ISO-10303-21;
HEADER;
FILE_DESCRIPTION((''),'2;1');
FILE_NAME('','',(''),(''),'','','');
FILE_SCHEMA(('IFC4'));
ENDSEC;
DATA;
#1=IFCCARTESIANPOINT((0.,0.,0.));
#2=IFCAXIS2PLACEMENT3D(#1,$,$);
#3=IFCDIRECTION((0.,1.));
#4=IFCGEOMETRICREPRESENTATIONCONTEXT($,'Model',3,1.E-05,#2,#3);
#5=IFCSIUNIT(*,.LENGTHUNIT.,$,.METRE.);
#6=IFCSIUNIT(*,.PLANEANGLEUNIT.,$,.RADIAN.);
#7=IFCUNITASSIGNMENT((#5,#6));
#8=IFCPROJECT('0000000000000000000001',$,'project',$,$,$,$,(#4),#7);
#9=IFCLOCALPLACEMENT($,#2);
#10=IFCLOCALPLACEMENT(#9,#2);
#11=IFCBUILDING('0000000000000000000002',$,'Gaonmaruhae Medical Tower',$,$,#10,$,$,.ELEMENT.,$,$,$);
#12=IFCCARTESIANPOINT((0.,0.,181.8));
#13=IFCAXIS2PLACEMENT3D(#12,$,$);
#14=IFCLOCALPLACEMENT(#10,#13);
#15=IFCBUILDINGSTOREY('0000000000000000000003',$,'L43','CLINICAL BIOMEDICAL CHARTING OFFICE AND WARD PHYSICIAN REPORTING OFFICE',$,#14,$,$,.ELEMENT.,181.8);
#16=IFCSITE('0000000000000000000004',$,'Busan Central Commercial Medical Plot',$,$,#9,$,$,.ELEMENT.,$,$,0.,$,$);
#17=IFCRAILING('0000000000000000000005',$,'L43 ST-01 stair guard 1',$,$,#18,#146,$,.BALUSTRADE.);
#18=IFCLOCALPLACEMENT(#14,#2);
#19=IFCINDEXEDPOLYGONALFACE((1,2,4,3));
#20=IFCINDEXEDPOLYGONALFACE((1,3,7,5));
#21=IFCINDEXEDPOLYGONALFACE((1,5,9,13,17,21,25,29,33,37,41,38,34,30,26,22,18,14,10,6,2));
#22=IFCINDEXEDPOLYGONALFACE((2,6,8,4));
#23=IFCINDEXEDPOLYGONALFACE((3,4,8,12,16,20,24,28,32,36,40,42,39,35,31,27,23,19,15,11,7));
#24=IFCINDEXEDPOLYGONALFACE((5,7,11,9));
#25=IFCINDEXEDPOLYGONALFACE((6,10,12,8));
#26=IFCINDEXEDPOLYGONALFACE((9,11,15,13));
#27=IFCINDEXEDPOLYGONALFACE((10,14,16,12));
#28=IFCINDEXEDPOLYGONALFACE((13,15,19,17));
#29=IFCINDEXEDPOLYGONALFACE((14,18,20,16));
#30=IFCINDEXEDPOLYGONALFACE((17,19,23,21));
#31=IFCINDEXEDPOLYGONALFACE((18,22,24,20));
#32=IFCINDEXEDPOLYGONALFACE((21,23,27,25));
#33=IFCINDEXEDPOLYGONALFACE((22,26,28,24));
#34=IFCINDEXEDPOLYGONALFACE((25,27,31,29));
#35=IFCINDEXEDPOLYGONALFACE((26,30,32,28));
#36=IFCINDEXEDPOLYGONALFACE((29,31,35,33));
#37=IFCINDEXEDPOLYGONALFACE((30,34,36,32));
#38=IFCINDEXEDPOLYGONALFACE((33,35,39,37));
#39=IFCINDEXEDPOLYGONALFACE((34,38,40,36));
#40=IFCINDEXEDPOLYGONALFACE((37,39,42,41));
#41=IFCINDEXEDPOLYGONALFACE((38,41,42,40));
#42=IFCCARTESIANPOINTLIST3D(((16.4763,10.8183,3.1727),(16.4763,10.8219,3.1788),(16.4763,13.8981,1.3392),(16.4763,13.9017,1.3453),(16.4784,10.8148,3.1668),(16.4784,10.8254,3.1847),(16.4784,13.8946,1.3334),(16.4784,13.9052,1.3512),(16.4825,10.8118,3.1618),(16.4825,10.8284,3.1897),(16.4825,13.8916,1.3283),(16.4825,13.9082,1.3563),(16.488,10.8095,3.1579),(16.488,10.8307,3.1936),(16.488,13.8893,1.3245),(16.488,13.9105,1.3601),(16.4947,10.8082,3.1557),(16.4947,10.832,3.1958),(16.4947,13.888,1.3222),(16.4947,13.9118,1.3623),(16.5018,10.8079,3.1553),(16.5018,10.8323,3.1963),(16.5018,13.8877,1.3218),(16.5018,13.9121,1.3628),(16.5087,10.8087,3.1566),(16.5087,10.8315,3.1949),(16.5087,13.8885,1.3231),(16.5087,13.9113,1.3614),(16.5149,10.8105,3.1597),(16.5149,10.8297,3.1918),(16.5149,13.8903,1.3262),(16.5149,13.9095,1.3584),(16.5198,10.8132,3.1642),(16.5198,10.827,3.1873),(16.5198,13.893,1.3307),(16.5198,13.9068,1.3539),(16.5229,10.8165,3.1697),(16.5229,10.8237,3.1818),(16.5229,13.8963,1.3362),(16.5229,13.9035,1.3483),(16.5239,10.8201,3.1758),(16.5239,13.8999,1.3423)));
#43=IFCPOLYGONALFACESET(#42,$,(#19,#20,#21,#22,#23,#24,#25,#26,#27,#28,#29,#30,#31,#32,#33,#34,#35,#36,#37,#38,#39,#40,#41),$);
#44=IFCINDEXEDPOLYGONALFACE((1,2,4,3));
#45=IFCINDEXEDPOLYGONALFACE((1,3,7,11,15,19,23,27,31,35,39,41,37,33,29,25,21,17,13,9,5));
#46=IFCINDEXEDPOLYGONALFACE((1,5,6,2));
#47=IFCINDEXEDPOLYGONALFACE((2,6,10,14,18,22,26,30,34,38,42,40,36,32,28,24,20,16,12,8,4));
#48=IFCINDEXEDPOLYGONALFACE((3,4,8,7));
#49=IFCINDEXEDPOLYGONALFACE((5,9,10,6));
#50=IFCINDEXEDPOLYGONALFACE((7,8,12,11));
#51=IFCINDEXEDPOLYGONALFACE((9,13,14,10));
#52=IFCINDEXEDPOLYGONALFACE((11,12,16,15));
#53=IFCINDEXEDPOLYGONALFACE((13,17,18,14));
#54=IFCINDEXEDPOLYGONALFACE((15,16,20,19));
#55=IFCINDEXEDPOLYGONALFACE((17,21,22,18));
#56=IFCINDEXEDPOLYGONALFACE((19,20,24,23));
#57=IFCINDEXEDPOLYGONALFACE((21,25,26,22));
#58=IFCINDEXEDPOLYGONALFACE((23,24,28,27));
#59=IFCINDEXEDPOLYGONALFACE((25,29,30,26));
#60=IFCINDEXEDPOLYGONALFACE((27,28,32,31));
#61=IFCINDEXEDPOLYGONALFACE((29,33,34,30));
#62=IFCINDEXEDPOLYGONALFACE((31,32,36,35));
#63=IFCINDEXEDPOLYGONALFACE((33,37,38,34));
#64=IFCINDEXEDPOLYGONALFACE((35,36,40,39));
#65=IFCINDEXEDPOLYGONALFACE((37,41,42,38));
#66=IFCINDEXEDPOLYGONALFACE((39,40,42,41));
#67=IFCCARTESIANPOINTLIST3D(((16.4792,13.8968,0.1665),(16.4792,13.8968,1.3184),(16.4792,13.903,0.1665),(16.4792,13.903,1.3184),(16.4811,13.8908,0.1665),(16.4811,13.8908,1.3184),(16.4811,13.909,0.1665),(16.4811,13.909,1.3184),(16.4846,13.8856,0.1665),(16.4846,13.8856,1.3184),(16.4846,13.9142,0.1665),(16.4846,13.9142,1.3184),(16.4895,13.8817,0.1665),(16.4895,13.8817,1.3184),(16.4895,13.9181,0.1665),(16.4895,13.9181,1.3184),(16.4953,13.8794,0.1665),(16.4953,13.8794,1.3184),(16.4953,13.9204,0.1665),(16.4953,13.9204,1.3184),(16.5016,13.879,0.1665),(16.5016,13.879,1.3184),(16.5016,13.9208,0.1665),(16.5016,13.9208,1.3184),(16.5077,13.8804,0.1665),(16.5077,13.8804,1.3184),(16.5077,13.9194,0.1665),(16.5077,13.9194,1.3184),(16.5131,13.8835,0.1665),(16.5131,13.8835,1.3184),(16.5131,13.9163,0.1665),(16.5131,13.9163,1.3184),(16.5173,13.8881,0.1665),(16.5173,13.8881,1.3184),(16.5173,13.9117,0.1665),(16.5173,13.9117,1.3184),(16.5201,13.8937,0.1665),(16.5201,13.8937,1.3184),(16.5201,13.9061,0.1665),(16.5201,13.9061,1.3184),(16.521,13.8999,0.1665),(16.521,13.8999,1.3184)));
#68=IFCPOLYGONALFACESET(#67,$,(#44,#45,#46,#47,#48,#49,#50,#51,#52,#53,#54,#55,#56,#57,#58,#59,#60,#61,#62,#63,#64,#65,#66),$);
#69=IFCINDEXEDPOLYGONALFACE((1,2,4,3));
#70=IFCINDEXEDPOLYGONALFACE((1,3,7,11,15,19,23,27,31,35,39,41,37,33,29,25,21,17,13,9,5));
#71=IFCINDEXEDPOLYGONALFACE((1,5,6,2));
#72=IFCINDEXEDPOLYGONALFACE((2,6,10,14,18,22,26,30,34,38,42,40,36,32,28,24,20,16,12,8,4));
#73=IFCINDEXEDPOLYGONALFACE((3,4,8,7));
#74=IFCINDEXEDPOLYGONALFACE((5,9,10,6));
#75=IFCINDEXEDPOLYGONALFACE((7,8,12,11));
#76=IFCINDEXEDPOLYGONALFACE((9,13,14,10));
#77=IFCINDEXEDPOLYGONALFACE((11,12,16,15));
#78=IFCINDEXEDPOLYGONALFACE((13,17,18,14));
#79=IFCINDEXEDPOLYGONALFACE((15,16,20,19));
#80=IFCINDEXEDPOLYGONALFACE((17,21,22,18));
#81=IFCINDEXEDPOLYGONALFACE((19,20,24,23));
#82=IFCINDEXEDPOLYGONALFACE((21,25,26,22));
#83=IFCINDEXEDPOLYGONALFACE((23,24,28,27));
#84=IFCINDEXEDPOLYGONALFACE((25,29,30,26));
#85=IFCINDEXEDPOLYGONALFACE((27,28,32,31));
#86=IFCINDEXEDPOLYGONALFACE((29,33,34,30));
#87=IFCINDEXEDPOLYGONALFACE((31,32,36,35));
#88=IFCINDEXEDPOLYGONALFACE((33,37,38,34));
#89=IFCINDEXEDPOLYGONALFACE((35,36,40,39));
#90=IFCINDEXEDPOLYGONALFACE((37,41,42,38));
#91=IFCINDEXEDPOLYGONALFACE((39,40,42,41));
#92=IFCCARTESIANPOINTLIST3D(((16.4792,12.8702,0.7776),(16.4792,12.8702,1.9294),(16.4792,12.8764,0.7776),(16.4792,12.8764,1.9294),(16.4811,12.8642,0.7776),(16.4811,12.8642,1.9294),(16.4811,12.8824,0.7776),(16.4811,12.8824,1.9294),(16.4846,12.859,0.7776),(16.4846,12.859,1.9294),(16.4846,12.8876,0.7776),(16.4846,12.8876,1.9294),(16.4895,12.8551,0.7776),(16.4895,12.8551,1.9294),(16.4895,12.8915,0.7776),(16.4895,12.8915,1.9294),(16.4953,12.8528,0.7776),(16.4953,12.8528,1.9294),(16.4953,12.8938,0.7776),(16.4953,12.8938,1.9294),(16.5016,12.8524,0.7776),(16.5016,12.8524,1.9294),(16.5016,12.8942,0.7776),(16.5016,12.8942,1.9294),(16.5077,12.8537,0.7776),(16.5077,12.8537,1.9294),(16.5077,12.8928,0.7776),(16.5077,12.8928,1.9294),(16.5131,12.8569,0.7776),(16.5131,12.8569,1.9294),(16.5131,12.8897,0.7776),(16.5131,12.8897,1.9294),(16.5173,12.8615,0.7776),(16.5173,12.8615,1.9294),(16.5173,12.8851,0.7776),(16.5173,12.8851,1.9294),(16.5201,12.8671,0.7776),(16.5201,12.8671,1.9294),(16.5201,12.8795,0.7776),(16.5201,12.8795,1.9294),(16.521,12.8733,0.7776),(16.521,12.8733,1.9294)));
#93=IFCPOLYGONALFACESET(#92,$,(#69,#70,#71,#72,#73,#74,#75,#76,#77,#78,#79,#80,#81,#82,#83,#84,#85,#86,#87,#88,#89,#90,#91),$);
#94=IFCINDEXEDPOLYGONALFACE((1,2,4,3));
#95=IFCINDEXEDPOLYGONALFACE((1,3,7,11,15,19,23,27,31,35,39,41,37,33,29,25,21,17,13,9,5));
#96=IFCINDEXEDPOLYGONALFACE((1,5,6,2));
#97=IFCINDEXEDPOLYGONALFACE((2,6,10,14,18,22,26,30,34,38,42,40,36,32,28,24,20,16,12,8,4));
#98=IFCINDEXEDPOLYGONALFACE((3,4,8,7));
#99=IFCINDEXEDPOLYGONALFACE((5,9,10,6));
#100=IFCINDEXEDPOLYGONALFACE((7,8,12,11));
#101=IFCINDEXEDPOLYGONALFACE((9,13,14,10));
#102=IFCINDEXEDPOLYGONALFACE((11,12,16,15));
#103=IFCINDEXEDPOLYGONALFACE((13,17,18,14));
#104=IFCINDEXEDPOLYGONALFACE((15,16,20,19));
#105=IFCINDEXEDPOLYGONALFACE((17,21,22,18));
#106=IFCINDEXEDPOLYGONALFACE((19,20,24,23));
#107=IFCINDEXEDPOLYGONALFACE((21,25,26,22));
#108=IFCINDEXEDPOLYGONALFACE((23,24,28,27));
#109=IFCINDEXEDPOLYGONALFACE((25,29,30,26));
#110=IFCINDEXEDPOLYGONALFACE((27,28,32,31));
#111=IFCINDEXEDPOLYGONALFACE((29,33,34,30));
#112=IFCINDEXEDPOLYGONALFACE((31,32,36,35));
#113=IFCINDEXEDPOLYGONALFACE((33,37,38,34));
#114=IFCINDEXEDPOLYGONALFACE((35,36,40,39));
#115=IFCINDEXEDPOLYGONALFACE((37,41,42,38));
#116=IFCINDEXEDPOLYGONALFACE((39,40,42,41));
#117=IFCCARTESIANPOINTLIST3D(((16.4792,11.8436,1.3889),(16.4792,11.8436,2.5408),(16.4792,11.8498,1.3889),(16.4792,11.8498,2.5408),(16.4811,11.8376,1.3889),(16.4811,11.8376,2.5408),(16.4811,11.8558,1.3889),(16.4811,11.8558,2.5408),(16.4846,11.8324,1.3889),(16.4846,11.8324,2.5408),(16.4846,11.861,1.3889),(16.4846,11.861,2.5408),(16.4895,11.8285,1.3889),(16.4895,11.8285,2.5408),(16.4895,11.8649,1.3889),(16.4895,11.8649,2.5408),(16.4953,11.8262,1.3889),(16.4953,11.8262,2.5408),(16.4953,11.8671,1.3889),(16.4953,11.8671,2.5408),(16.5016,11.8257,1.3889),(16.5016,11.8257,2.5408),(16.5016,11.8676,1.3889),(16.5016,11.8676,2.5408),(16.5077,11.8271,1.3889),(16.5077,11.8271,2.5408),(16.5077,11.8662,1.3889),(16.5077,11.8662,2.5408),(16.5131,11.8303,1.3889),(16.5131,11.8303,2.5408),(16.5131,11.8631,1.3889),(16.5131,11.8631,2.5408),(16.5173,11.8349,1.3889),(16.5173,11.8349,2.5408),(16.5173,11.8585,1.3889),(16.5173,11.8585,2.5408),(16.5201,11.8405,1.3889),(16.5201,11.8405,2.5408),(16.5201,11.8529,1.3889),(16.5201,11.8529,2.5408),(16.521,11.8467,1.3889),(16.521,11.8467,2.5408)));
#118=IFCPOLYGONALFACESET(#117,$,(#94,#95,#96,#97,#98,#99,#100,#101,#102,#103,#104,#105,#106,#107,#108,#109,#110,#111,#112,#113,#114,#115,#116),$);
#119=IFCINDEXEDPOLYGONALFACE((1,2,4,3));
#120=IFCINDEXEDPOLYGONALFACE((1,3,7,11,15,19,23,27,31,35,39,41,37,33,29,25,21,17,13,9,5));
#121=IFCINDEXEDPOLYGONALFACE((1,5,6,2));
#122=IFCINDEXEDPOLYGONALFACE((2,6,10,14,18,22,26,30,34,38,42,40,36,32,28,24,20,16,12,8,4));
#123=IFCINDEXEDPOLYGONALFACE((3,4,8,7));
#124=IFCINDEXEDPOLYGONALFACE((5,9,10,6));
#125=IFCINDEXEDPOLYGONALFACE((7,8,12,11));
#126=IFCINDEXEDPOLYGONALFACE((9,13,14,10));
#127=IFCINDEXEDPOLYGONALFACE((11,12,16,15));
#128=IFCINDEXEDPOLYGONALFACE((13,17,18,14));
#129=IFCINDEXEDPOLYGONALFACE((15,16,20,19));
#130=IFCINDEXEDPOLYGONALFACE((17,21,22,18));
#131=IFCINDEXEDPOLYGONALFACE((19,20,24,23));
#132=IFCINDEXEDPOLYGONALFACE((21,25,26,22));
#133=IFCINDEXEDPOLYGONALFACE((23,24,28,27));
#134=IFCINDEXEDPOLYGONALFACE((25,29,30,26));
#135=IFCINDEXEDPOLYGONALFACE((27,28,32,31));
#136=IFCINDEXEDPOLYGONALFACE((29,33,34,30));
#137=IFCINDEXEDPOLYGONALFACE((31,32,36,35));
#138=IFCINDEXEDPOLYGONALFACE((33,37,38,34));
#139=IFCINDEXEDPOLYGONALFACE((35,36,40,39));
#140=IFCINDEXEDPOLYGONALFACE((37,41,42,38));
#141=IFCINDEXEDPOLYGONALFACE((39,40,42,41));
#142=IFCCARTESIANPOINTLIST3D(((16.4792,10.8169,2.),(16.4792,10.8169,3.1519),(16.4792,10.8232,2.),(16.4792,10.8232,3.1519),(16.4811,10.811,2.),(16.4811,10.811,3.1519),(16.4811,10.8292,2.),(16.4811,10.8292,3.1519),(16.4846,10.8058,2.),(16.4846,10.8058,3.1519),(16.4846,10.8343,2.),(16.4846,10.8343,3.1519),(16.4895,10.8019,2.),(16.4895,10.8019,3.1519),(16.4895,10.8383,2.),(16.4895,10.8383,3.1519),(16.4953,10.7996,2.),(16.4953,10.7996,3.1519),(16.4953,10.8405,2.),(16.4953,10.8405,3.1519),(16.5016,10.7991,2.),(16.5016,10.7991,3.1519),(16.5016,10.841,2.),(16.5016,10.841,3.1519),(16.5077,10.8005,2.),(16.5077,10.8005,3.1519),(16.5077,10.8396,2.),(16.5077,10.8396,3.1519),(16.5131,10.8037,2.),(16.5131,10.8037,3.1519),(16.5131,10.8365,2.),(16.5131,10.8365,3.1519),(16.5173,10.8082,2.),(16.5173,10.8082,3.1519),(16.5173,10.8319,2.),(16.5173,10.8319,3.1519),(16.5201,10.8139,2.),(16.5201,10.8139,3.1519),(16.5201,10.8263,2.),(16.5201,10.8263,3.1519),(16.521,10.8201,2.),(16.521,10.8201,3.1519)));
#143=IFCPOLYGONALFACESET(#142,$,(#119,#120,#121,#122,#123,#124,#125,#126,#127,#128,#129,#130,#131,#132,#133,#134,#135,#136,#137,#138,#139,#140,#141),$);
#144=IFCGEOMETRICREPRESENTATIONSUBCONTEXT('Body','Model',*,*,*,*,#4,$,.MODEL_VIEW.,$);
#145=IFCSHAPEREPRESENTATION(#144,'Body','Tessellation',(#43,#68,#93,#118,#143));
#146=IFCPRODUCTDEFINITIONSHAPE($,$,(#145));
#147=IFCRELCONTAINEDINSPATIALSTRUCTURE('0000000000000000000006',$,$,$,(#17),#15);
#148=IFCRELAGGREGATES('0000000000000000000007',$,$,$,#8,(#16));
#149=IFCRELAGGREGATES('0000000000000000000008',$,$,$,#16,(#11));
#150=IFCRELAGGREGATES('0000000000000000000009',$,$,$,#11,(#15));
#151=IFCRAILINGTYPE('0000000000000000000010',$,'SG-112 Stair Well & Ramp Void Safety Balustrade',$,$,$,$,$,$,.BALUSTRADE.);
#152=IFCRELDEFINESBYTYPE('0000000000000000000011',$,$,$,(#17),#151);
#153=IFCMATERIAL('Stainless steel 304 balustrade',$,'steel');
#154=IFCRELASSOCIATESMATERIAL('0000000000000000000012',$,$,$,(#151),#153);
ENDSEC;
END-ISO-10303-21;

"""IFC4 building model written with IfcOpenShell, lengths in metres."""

from ifc_helpers import new_model, si_unit, direction, frame, origin, origin_2d, place, context, subcontext, project, spatial, circle, extrude, material, type_object, element, save


model = new_model("IFC4")

# Units and contexts
model_context = context("Model", 3, precision=1e-05, world=origin(), true_north=direction((0.0, 1.0)))
body_context = subcontext(model_context, "Body", "Model", "MODEL_VIEW")
ifc_project = project(units=[si_unit("LENGTHUNIT", "METRE"), si_unit("PLANEANGLEUNIT", "RADIAN")], contexts=[model_context])

# Site, building, storey
site_placement = place(None, origin())
site = spatial("IfcSite", under=ifc_project, at=site_placement, Name="Busan Central Commercial Medical Plot", CompositionType="ELEMENT", RefElevation=0.0)
building_placement = place(site_placement, origin())
building = spatial("IfcBuilding", under=site, at=building_placement, Name="Gaonmaruhae Medical Tower", CompositionType="ELEMENT")
storey_placement = place(building_placement, frame((0.0, 0.0, 181.8)))
storey = spatial("IfcBuildingStorey", under=building, at=storey_placement, Name="L43", Description="CLINICAL BIOMEDICAL CHARTING OFFICE AND WARD PHYSICIAN REPORTING OFFICE", CompositionType="ELEMENT", Elevation=181.8)

# Railing
ifc_material_1 = material(Name="Stainless steel 304 balustrade", Category="steel")
railing_type_1 = type_object("IfcRailingType", Name="SG-112 Stair Well & Ramp Void Safety Balustrade", PredefinedType="BALUSTRADE", material=ifc_material_1)
railing_1_placement = place(storey_placement, frame((16.5, 13.8999, 0.1665)))
element("IfcRailing", 1, at=railing_1_placement, inside=storey, type_object=railing_type_1, Name="L43 ST-01 stair guard 1", PredefinedType="BALUSTRADE", context=body_context, shape_type="SweptSolid", body=[
    extrude(circle(Radius=0.0239, at=origin_2d()), frame((0.0, 0.0, 1.1758), z_axis=(0.0, -0.859261, 0.511538), x_axis=(1.0, 0.0, 0.0)), (0.0, 0.0, 1.0), 3.5842),
    extrude(circle(Radius=0.021, at=origin_2d()), origin(), (0.0, 0.0, 1.0), 1.1519),
    extrude(circle(Radius=0.021, at=origin_2d()), frame((0.0, -1.0266, 0.6111)), (0.0, 0.0, 1.0), 1.1519),
    extrude(circle(Radius=0.021, at=origin_2d()), frame((0.0, -2.0532, 1.2224)), (0.0, 0.0, 1.0), 1.1519),
    extrude(circle(Radius=0.021, at=origin_2d()), frame((0.0, -3.0798, 1.8335)), (0.0, 0.0, 1.0), 1.1519),
])

save(model, "model.ifc")
